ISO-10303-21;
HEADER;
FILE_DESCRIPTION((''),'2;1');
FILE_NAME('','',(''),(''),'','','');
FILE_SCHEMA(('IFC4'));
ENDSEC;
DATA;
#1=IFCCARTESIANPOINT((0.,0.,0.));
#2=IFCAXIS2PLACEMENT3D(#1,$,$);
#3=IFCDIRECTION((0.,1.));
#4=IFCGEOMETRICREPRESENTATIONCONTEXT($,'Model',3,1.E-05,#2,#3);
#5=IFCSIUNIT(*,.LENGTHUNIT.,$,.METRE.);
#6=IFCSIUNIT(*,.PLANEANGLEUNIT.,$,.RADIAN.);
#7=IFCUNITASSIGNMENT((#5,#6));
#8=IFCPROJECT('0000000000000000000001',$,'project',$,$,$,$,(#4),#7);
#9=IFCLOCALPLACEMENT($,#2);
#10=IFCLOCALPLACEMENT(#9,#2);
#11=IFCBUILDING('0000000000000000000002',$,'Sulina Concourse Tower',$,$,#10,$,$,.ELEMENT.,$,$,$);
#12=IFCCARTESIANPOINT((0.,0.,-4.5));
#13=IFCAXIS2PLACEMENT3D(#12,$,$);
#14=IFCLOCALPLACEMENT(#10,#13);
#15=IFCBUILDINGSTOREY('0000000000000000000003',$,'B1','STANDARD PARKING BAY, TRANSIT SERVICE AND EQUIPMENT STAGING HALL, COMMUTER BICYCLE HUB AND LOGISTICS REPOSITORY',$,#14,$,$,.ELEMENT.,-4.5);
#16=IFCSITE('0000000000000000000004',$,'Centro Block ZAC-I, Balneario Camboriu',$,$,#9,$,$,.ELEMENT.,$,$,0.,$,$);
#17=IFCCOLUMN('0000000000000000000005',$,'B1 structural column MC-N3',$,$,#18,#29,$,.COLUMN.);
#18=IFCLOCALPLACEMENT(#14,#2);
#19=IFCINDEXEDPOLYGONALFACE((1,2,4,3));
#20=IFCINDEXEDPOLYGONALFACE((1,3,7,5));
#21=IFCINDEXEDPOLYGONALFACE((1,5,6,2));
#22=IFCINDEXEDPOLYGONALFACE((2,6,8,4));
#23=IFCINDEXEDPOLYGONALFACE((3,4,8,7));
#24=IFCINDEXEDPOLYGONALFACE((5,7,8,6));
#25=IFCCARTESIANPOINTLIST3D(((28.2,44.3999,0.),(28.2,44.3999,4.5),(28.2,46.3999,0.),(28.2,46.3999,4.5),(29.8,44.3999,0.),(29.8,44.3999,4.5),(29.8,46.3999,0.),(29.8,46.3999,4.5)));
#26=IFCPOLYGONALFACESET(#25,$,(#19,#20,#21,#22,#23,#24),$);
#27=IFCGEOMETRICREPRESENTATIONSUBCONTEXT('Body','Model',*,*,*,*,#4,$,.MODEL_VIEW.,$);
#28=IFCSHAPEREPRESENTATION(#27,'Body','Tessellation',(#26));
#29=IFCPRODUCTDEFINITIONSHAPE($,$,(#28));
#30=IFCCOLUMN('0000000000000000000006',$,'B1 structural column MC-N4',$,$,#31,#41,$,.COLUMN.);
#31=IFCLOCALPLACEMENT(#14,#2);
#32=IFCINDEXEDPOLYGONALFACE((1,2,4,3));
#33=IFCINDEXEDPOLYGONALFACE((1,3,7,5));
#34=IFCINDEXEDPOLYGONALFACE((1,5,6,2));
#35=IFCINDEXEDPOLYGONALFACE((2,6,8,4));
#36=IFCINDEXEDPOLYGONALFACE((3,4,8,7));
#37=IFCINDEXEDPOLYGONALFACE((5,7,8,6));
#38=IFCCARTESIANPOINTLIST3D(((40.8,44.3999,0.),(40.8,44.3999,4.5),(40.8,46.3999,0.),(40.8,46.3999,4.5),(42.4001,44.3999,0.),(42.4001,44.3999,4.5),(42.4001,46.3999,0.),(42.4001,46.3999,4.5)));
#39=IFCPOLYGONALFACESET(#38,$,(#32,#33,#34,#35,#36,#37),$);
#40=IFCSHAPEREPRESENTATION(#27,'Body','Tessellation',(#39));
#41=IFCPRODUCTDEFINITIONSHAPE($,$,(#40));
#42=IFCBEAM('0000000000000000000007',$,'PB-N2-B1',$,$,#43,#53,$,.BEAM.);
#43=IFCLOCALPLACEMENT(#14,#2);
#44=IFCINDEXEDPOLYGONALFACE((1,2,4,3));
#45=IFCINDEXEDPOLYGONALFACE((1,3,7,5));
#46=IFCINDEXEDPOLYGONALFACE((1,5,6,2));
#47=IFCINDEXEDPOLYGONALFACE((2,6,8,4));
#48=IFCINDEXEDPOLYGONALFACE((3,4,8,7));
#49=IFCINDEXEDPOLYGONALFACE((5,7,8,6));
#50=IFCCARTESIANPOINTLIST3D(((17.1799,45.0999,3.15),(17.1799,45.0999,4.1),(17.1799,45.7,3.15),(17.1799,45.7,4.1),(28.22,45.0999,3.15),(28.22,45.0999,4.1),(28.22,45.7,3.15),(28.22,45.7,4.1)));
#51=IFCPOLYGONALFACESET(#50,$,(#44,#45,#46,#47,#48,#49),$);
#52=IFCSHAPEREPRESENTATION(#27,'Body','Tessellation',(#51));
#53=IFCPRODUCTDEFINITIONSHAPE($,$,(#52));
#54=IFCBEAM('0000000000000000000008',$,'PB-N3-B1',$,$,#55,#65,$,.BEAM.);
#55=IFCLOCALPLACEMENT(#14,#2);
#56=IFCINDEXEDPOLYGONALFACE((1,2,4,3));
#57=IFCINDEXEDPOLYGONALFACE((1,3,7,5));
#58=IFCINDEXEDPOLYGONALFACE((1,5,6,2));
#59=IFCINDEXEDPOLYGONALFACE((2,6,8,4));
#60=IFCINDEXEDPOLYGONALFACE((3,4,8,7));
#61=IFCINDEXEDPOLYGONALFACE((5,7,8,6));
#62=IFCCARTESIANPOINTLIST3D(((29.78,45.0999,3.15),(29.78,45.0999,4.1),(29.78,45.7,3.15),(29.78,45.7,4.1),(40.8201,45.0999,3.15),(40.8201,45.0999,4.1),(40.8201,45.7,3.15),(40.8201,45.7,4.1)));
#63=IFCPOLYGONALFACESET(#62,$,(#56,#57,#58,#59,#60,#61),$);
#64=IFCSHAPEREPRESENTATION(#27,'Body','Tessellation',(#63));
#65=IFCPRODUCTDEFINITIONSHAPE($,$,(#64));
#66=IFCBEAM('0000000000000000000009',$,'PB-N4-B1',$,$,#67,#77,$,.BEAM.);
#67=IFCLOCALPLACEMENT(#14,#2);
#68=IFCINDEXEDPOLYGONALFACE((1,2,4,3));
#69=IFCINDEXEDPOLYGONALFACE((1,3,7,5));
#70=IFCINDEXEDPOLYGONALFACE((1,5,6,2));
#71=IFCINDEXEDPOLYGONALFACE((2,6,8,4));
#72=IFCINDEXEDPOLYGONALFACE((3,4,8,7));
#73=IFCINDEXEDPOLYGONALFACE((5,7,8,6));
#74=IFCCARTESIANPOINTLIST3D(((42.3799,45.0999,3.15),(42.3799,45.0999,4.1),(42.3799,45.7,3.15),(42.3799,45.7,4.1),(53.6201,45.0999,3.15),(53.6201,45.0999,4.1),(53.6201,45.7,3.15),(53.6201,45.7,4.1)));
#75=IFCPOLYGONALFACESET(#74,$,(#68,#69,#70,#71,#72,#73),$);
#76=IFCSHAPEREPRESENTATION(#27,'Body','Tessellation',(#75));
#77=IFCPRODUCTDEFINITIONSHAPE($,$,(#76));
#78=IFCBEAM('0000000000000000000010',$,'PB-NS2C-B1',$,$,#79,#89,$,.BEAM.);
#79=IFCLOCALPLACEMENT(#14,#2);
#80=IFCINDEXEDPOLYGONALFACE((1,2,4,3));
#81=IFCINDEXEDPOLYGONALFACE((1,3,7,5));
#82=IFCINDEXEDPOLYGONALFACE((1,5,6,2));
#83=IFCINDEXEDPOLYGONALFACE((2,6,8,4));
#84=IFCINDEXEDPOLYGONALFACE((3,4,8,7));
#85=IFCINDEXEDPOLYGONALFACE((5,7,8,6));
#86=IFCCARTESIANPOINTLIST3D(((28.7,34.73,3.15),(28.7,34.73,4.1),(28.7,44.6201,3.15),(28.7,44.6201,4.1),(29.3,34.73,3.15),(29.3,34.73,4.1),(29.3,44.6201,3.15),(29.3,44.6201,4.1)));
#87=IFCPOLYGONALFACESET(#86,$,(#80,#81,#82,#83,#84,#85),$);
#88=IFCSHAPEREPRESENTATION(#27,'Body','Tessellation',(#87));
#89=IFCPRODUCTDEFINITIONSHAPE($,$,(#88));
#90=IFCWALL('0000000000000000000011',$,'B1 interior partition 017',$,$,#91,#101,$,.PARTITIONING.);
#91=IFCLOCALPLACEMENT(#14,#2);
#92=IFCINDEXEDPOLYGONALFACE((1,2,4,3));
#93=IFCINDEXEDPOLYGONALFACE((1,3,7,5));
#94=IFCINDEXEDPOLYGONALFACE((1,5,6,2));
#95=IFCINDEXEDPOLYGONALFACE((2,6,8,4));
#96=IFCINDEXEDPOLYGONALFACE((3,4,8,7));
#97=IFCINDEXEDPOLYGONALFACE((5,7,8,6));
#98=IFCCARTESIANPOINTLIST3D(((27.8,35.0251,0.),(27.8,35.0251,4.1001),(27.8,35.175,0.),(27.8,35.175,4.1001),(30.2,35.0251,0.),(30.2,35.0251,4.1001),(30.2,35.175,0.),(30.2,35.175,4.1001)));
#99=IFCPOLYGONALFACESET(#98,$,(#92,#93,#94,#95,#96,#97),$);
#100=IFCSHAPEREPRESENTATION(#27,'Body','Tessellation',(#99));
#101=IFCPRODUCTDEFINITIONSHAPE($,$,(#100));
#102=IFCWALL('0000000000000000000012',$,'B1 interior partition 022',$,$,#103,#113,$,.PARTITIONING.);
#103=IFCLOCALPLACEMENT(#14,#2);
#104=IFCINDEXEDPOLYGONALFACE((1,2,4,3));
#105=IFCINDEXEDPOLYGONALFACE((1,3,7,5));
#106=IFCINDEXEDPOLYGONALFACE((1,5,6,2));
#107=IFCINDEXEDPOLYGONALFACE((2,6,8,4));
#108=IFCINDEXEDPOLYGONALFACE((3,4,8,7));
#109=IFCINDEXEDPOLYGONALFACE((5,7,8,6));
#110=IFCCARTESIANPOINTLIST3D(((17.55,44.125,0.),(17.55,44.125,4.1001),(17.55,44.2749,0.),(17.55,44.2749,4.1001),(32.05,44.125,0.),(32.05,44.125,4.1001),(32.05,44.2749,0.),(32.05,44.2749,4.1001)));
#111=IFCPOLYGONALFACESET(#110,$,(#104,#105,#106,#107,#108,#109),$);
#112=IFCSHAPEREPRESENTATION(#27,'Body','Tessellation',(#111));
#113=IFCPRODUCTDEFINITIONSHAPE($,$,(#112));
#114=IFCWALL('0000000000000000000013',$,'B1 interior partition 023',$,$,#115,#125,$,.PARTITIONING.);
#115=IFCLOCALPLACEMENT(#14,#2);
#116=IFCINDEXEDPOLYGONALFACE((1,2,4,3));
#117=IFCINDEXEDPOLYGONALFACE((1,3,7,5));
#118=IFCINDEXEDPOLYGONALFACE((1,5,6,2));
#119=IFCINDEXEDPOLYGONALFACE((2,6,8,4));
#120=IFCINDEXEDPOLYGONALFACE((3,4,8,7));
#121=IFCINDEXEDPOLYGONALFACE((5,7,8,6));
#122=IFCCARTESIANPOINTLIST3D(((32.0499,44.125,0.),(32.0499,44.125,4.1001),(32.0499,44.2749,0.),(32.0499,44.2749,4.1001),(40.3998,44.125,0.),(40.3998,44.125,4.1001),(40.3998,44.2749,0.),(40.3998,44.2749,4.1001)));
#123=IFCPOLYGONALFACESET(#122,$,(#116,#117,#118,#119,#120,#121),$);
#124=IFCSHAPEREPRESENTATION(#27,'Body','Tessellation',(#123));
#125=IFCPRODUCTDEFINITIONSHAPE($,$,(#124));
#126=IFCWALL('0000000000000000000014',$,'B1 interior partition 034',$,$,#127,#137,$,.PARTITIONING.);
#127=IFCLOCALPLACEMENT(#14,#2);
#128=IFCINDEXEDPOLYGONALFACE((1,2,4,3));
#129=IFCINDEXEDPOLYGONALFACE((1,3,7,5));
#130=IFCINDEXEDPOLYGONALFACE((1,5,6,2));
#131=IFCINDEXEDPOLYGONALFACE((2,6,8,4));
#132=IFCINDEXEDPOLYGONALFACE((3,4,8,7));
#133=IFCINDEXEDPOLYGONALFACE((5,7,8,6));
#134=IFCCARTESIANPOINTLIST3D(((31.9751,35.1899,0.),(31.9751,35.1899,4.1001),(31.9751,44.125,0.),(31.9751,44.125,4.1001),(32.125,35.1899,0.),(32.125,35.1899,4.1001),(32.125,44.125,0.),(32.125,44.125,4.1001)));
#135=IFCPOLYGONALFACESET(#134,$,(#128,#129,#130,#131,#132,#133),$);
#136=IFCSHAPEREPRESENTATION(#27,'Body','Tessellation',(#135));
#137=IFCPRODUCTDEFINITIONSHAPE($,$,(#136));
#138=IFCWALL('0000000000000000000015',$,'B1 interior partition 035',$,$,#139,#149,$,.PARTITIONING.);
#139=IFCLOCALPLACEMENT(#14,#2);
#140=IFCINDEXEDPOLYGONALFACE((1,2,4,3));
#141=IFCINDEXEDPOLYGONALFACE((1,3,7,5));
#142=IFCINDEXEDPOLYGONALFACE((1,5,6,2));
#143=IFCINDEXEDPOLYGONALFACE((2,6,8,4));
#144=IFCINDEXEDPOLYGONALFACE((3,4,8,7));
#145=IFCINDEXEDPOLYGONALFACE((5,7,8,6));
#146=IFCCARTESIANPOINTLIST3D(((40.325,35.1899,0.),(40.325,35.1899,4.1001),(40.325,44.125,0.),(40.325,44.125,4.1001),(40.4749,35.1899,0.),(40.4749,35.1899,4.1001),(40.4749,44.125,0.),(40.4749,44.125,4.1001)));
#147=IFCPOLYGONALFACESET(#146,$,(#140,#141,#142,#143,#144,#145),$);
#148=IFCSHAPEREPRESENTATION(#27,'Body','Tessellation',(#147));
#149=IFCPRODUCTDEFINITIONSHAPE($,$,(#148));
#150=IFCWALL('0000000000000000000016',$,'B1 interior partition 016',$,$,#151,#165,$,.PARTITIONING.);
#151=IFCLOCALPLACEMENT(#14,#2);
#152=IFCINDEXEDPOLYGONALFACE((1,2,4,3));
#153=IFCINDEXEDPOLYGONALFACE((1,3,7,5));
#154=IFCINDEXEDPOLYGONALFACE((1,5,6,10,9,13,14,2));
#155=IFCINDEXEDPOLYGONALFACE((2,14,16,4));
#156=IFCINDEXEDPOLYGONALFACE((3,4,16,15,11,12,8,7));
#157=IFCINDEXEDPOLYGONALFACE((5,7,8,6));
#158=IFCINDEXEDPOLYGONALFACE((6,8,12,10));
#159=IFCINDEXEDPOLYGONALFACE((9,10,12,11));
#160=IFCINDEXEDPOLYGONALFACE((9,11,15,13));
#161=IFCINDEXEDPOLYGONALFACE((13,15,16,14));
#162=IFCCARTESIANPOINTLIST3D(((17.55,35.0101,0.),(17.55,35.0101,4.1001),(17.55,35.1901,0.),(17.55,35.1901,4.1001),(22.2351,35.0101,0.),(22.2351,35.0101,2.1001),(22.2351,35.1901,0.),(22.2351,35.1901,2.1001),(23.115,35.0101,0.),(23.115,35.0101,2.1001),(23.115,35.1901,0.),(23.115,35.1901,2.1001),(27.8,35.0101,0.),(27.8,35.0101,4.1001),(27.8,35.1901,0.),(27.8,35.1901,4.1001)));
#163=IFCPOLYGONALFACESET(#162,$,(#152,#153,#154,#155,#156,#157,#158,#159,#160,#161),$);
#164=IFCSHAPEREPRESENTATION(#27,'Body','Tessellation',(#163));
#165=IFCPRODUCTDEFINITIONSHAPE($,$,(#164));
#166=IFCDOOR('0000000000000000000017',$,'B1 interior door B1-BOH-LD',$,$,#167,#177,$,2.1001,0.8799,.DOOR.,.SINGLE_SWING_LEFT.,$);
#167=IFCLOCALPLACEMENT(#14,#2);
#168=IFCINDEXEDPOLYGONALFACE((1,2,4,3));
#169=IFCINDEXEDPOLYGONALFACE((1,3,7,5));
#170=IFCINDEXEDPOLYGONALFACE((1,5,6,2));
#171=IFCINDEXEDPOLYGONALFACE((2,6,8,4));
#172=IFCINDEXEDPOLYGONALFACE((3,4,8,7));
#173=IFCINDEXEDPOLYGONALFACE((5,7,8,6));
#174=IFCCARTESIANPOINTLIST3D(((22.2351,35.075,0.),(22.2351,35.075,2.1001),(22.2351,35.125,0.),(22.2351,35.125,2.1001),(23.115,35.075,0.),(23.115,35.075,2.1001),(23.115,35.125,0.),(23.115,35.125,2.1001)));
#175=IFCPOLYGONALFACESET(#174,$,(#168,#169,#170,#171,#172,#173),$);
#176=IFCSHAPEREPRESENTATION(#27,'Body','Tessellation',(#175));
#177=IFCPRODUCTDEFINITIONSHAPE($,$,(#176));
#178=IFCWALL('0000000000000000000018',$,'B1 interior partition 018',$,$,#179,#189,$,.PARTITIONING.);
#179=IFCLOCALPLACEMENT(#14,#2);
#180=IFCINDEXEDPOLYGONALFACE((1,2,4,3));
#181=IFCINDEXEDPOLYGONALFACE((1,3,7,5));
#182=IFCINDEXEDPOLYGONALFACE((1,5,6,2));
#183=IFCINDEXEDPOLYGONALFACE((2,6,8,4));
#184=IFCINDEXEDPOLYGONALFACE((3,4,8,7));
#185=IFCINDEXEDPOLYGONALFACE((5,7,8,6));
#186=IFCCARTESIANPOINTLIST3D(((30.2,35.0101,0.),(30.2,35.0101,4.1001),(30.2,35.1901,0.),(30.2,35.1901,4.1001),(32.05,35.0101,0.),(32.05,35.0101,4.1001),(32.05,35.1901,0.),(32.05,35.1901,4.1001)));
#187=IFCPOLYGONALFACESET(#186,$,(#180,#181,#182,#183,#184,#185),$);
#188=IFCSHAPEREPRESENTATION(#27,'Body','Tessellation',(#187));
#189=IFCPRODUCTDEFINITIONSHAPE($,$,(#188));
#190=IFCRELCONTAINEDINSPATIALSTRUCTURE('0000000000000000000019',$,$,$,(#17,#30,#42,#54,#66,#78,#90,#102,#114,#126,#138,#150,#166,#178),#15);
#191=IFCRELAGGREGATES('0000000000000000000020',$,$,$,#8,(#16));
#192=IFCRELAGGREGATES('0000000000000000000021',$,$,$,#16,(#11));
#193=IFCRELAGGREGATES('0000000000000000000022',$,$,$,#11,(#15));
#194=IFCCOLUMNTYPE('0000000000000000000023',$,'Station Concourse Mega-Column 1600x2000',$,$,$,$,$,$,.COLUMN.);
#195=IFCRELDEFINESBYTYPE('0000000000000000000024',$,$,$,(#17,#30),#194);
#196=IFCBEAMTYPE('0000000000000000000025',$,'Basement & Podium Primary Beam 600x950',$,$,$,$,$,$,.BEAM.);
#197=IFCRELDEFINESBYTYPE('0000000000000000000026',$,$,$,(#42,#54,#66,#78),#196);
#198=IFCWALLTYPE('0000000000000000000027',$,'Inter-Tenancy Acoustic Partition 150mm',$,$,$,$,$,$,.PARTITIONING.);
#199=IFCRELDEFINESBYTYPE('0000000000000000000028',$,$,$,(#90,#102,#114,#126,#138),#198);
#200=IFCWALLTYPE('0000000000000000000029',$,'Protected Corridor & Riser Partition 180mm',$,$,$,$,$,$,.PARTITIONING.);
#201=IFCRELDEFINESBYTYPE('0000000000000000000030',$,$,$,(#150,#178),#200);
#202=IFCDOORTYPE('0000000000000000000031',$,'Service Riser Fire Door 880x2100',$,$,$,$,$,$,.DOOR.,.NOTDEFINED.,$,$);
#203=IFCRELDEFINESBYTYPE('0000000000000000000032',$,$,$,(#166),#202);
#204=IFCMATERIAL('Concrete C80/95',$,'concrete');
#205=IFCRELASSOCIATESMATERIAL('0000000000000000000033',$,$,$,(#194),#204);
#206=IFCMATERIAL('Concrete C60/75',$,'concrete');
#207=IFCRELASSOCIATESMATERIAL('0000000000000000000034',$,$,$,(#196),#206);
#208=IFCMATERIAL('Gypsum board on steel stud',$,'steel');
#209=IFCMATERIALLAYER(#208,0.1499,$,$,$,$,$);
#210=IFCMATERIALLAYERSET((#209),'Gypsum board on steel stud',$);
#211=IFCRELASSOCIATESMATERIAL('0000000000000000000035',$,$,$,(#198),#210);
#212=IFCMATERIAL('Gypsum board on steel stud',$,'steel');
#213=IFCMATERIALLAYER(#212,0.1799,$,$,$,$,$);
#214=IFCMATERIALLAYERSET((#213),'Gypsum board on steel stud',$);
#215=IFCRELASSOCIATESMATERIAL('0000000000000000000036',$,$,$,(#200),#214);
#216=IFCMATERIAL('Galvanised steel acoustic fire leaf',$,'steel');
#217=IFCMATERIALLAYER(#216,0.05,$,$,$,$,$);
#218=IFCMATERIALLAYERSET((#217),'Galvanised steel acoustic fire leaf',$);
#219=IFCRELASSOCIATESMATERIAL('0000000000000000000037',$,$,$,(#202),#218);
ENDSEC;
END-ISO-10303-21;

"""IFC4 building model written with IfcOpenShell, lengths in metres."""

from ifc_helpers import new_model, si_unit, direction, frame, frame_2d, origin, origin_2d, place, context, subcontext, project, spatial, rectangle, extrude, material, layer, layer_set, material_profile, profile_set, type_object, element, fill, save


model = new_model("IFC4")

# Units and contexts
model_context = context("Model", 3, precision=1e-05, world=origin(), true_north=direction((0.0, 1.0)))
body_context = subcontext(model_context, "Body", "Model", "MODEL_VIEW")
ifc_project = project(units=[si_unit("LENGTHUNIT", "METRE"), si_unit("PLANEANGLEUNIT", "RADIAN")], contexts=[model_context])

# Site, building, storey
site_placement = place(None, origin())
site = spatial("IfcSite", under=ifc_project, at=site_placement, Name="Centro Block ZAC-I, Balneario Camboriu", CompositionType="ELEMENT", RefElevation=0.0)
building_placement = place(site_placement, origin())
building = spatial("IfcBuilding", under=site, at=building_placement, Name="Sulina Concourse Tower", CompositionType="ELEMENT")
storey_placement = place(building_placement, frame((0.0, 0.0, -4.5)))
storey = spatial("IfcBuildingStorey", under=building, at=storey_placement, Name="B1", Description="STANDARD PARKING BAY, TRANSIT SERVICE AND EQUIPMENT STAGING HALL, COMMUTER BICYCLE HUB AND LOGISTICS REPOSITORY", CompositionType="ELEMENT", Elevation=-4.5)

# Columns
ifc_material_1 = material(Name="Concrete C80/95", Category="concrete")
ifc_material_profile_1 = material_profile(ifc_material_1, rectangle(XDim=1.6001, YDim=2.0, at=origin_2d()), Name="RC 1600x2000")
ifc_profile_set_1 = profile_set([ifc_material_profile_1], Name="Concrete C80/95")
column_type = type_object("IfcColumnType", Name="Station Concourse Mega-Column 1600x2000", PredefinedType="COLUMN", material=ifc_profile_set_1)
for number, where, z_axis, x_axis, name in (
    (1, (29.0, 45.3999, 0.0), (0.0, 0.0, 1.0), (1.0, 0.0, 0.0), "B1 structural column MC-N3"),
    (2, (41.6001, 45.3999, 0.0), (0.0, 0.0, 1.0), (1.0, 0.0, 0.0), "B1 structural column MC-N4"),
):
    element("IfcColumn", number, at=place(storey_placement, frame(where, z_axis=z_axis, x_axis=x_axis)), inside=storey, type_object=column_type, Name=name, PredefinedType="COLUMN", context=body_context, shape_type="SweptSolid", body=[
        extrude(rectangle(XDim=1.6001, YDim=2.0, at=origin_2d()), origin(), (0.0, 0.0, 1.0), 4.5),
    ])

# Beams
ifc_material_2 = material(Name="Concrete C60/75", Category="concrete")
ifc_material_profile_2 = material_profile(ifc_material_2, rectangle(XDim=0.6001, YDim=0.95, at=origin_2d()), Name="RC 600x950")
ifc_profile_set_2 = profile_set([ifc_material_profile_2], Name="Concrete C60/75")
beam_type = type_object("IfcBeamType", Name="Basement & Podium Primary Beam 600x950", PredefinedType="BEAM", material=ifc_profile_set_2)
for number, where, z_axis, x_axis, name in (
    (3, (17.1799, 45.3999, 3.625), (1.0, 0.0, 0.0), (0.0, 1.0, 0.0), "PB-N2-B1"),
    (4, (29.78, 45.3999, 3.625), (1.0, 0.0, 0.0), (0.0, 1.0, 0.0), "PB-N3-B1"),
):
    element("IfcBeam", number, at=place(storey_placement, frame(where, z_axis=z_axis, x_axis=x_axis)), inside=storey, type_object=beam_type, Name=name, PredefinedType="BEAM", context=body_context, shape_type="SweptSolid", body=[
        extrude(rectangle(XDim=0.6001, YDim=0.95, at=origin_2d()), origin(), (0.0, 0.0, 1.0), 11.04),
    ])
beam_1_placement = place(storey_placement, frame((42.3799, 45.3999, 3.625), z_axis=(1.0, 0.0, 0.0), x_axis=(0.0, 1.0, 0.0)))
element("IfcBeam", 5, at=beam_1_placement, inside=storey, type_object=beam_type, Name="PB-N4-B1", PredefinedType="BEAM", context=body_context, shape_type="SweptSolid", body=[
    extrude(rectangle(XDim=0.6001, YDim=0.95, at=origin_2d()), origin(), (0.0, 0.0, 1.0), 11.2402),
])
beam_2_placement = place(storey_placement, frame((29.0, 34.73, 3.625), z_axis=(0.0, 1.0, 0.0), x_axis=(-1.0, 0.0, 0.0)))
element("IfcBeam", 6, at=beam_2_placement, inside=storey, type_object=beam_type, Name="PB-NS2C-B1", PredefinedType="BEAM", context=body_context, shape_type="SweptSolid", body=[
    extrude(rectangle(XDim=0.6001, YDim=0.95, at=origin_2d()), origin(), (0.0, 0.0, 1.0), 9.8901),
])

# Walls
ifc_material_3 = material(Name="Gypsum board on steel stud", Category="steel")
ifc_layer_1 = layer(ifc_material_3, 0.1499)
ifc_layer_set_1 = layer_set([ifc_layer_1], Name="Gypsum board on steel stud")
wall_type_1 = type_object("IfcWallType", Name="Inter-Tenancy Acoustic Partition 150mm", PredefinedType="PARTITIONING", material=ifc_layer_set_1)
wall_1_placement = place(storey_placement, frame((27.8, 35.1001, 0.0), z_axis=(0.0, 0.0, 1.0), x_axis=(1.0, 0.0, 0.0)))
element("IfcWall", 7, at=wall_1_placement, inside=storey, type_object=wall_type_1, Name="B1 interior partition 017", PredefinedType="PARTITIONING", context=body_context, shape_type="SweptSolid", body=[
    extrude(rectangle(XDim=2.3999, YDim=0.1499, at=frame_2d((1.2, 0.0))), origin(), (0.0, 0.0, 1.0), 4.1001),
])
wall_2_placement = place(storey_placement, frame((17.55, 44.2, 0.0), z_axis=(0.0, 0.0, 1.0), x_axis=(1.0, 0.0, 0.0)))
element("IfcWall", 8, at=wall_2_placement, inside=storey, type_object=wall_type_1, Name="B1 interior partition 022", PredefinedType="PARTITIONING", context=body_context, shape_type="SweptSolid", body=[
    extrude(rectangle(XDim=14.5, YDim=0.1499, at=frame_2d((7.25, 0.0))), origin(), (0.0, 0.0, 1.0), 4.1001),
])
wall_3_placement = place(storey_placement, frame((32.05, 44.2, 0.0), z_axis=(0.0, 0.0, 1.0), x_axis=(1.0, 0.0, 0.0)))
element("IfcWall", 9, at=wall_3_placement, inside=storey, type_object=wall_type_1, Name="B1 interior partition 023", PredefinedType="PARTITIONING", context=body_context, shape_type="SweptSolid", body=[
    extrude(rectangle(XDim=8.3499, YDim=0.1499, at=frame_2d((4.1748, 0.0))), origin(), (0.0, 0.0, 1.0), 4.1001),
])
for number, where, z_axis, x_axis, name in (
    (10, (32.05, 35.1899, 0.0), (0.0, 0.0, 1.0), (0.0, 1.0, 0.0), "B1 interior partition 034"),
    (11, (40.3999, 35.1899, 0.0), (0.0, 0.0, 1.0), (0.0, 1.0, 0.0), "B1 interior partition 035"),
):
    element("IfcWall", number, at=place(storey_placement, frame(where, z_axis=z_axis, x_axis=x_axis)), inside=storey, type_object=wall_type_1, Name=name, PredefinedType="PARTITIONING", context=body_context, shape_type="SweptSolid", body=[
        extrude(rectangle(XDim=8.9351, YDim=0.1499, at=frame_2d((4.4675, 0.0))), origin(), (0.0, 0.0, 1.0), 4.1001),
    ])

# Wall, opening, door
ifc_material_4 = material(Name="Gypsum board on steel stud", Category="steel")
ifc_layer_2 = layer(ifc_material_4, 0.1799)
ifc_layer_set_2 = layer_set([ifc_layer_2], Name="Gypsum board on steel stud")
wall_type_2 = type_object("IfcWallType", Name="Protected Corridor & Riser Partition 180mm", PredefinedType="PARTITIONING", material=ifc_layer_set_2)
wall_4_placement = place(storey_placement, frame((17.55, 35.1001, 0.0), z_axis=(0.0, 0.0, 1.0), x_axis=(1.0, 0.0, 0.0)))
wall_4 = element("IfcWall", 12, at=wall_4_placement, inside=storey, type_object=wall_type_2, Name="B1 interior partition 016", PredefinedType="PARTITIONING", context=body_context, shape_type="SweptSolid", body=[
    extrude(rectangle(XDim=10.25, YDim=0.1799, at=frame_2d((5.125, 0.0))), origin(), (0.0, 0.0, 1.0), 4.1001),
])
opening_1_placement = place(wall_4_placement, frame((4.6851, 0.0, 0.0)))
opening_1 = element("IfcOpeningElement", 13, at=opening_1_placement, cuts=wall_4, PredefinedType="OPENING", context=body_context, shape_type="SweptSolid", body=[
    extrude(rectangle(XDim=0.8799, YDim=2.1001, at=frame_2d((0.4399, 1.05))), frame((0.0, 0.0999, 0.0), z_axis=(0.0, -1.0, 0.0), x_axis=(1.0, 0.0, 0.0)), (0.0, 0.0, 1.0), 0.2),
])
ifc_material_5 = material(Name="Galvanised steel acoustic fire leaf", Category="steel")
ifc_layer_3 = layer(ifc_material_5, 0.05)
ifc_layer_set_3 = layer_set([ifc_layer_3], Name="Galvanised steel acoustic fire leaf")
door_type_1 = type_object("IfcDoorType", Name="Service Riser Fire Door 880x2100", OperationType="NOTDEFINED", PredefinedType="DOOR", material=ifc_layer_set_3)
door_1_placement = place(opening_1_placement, origin())
door_1 = element("IfcDoor", 14, at=door_1_placement, inside=storey, type_object=door_type_1, Name="B1 interior door B1-BOH-LD", OperationType="SINGLE_SWING_LEFT", OverallHeight=2.1001, OverallWidth=0.8799, PredefinedType="DOOR", context=body_context, shape_type="SweptSolid", body=[
    extrude(rectangle(XDim=0.8799, YDim=2.1001, at=frame_2d((0.4399, 1.05))), frame((0.0, 0.0249, 0.0), z_axis=(0.0, -1.0, 0.0), x_axis=(1.0, 0.0, 0.0)), (0.0, 0.0, 1.0), 0.05),
])
fill(opening_1, door_1)

# Wall
wall_5_placement = place(storey_placement, frame((30.2, 35.1001, 0.0), z_axis=(0.0, 0.0, 1.0), x_axis=(1.0, 0.0, 0.0)))
element("IfcWall", 15, at=wall_5_placement, inside=storey, type_object=wall_type_2, Name="B1 interior partition 018", PredefinedType="PARTITIONING", context=body_context, shape_type="SweptSolid", body=[
    extrude(rectangle(XDim=1.8501, YDim=0.1799, at=frame_2d((0.925, 0.0))), origin(), (0.0, 0.0, 1.0), 4.1001),
])

save(model, "model.ifc")
